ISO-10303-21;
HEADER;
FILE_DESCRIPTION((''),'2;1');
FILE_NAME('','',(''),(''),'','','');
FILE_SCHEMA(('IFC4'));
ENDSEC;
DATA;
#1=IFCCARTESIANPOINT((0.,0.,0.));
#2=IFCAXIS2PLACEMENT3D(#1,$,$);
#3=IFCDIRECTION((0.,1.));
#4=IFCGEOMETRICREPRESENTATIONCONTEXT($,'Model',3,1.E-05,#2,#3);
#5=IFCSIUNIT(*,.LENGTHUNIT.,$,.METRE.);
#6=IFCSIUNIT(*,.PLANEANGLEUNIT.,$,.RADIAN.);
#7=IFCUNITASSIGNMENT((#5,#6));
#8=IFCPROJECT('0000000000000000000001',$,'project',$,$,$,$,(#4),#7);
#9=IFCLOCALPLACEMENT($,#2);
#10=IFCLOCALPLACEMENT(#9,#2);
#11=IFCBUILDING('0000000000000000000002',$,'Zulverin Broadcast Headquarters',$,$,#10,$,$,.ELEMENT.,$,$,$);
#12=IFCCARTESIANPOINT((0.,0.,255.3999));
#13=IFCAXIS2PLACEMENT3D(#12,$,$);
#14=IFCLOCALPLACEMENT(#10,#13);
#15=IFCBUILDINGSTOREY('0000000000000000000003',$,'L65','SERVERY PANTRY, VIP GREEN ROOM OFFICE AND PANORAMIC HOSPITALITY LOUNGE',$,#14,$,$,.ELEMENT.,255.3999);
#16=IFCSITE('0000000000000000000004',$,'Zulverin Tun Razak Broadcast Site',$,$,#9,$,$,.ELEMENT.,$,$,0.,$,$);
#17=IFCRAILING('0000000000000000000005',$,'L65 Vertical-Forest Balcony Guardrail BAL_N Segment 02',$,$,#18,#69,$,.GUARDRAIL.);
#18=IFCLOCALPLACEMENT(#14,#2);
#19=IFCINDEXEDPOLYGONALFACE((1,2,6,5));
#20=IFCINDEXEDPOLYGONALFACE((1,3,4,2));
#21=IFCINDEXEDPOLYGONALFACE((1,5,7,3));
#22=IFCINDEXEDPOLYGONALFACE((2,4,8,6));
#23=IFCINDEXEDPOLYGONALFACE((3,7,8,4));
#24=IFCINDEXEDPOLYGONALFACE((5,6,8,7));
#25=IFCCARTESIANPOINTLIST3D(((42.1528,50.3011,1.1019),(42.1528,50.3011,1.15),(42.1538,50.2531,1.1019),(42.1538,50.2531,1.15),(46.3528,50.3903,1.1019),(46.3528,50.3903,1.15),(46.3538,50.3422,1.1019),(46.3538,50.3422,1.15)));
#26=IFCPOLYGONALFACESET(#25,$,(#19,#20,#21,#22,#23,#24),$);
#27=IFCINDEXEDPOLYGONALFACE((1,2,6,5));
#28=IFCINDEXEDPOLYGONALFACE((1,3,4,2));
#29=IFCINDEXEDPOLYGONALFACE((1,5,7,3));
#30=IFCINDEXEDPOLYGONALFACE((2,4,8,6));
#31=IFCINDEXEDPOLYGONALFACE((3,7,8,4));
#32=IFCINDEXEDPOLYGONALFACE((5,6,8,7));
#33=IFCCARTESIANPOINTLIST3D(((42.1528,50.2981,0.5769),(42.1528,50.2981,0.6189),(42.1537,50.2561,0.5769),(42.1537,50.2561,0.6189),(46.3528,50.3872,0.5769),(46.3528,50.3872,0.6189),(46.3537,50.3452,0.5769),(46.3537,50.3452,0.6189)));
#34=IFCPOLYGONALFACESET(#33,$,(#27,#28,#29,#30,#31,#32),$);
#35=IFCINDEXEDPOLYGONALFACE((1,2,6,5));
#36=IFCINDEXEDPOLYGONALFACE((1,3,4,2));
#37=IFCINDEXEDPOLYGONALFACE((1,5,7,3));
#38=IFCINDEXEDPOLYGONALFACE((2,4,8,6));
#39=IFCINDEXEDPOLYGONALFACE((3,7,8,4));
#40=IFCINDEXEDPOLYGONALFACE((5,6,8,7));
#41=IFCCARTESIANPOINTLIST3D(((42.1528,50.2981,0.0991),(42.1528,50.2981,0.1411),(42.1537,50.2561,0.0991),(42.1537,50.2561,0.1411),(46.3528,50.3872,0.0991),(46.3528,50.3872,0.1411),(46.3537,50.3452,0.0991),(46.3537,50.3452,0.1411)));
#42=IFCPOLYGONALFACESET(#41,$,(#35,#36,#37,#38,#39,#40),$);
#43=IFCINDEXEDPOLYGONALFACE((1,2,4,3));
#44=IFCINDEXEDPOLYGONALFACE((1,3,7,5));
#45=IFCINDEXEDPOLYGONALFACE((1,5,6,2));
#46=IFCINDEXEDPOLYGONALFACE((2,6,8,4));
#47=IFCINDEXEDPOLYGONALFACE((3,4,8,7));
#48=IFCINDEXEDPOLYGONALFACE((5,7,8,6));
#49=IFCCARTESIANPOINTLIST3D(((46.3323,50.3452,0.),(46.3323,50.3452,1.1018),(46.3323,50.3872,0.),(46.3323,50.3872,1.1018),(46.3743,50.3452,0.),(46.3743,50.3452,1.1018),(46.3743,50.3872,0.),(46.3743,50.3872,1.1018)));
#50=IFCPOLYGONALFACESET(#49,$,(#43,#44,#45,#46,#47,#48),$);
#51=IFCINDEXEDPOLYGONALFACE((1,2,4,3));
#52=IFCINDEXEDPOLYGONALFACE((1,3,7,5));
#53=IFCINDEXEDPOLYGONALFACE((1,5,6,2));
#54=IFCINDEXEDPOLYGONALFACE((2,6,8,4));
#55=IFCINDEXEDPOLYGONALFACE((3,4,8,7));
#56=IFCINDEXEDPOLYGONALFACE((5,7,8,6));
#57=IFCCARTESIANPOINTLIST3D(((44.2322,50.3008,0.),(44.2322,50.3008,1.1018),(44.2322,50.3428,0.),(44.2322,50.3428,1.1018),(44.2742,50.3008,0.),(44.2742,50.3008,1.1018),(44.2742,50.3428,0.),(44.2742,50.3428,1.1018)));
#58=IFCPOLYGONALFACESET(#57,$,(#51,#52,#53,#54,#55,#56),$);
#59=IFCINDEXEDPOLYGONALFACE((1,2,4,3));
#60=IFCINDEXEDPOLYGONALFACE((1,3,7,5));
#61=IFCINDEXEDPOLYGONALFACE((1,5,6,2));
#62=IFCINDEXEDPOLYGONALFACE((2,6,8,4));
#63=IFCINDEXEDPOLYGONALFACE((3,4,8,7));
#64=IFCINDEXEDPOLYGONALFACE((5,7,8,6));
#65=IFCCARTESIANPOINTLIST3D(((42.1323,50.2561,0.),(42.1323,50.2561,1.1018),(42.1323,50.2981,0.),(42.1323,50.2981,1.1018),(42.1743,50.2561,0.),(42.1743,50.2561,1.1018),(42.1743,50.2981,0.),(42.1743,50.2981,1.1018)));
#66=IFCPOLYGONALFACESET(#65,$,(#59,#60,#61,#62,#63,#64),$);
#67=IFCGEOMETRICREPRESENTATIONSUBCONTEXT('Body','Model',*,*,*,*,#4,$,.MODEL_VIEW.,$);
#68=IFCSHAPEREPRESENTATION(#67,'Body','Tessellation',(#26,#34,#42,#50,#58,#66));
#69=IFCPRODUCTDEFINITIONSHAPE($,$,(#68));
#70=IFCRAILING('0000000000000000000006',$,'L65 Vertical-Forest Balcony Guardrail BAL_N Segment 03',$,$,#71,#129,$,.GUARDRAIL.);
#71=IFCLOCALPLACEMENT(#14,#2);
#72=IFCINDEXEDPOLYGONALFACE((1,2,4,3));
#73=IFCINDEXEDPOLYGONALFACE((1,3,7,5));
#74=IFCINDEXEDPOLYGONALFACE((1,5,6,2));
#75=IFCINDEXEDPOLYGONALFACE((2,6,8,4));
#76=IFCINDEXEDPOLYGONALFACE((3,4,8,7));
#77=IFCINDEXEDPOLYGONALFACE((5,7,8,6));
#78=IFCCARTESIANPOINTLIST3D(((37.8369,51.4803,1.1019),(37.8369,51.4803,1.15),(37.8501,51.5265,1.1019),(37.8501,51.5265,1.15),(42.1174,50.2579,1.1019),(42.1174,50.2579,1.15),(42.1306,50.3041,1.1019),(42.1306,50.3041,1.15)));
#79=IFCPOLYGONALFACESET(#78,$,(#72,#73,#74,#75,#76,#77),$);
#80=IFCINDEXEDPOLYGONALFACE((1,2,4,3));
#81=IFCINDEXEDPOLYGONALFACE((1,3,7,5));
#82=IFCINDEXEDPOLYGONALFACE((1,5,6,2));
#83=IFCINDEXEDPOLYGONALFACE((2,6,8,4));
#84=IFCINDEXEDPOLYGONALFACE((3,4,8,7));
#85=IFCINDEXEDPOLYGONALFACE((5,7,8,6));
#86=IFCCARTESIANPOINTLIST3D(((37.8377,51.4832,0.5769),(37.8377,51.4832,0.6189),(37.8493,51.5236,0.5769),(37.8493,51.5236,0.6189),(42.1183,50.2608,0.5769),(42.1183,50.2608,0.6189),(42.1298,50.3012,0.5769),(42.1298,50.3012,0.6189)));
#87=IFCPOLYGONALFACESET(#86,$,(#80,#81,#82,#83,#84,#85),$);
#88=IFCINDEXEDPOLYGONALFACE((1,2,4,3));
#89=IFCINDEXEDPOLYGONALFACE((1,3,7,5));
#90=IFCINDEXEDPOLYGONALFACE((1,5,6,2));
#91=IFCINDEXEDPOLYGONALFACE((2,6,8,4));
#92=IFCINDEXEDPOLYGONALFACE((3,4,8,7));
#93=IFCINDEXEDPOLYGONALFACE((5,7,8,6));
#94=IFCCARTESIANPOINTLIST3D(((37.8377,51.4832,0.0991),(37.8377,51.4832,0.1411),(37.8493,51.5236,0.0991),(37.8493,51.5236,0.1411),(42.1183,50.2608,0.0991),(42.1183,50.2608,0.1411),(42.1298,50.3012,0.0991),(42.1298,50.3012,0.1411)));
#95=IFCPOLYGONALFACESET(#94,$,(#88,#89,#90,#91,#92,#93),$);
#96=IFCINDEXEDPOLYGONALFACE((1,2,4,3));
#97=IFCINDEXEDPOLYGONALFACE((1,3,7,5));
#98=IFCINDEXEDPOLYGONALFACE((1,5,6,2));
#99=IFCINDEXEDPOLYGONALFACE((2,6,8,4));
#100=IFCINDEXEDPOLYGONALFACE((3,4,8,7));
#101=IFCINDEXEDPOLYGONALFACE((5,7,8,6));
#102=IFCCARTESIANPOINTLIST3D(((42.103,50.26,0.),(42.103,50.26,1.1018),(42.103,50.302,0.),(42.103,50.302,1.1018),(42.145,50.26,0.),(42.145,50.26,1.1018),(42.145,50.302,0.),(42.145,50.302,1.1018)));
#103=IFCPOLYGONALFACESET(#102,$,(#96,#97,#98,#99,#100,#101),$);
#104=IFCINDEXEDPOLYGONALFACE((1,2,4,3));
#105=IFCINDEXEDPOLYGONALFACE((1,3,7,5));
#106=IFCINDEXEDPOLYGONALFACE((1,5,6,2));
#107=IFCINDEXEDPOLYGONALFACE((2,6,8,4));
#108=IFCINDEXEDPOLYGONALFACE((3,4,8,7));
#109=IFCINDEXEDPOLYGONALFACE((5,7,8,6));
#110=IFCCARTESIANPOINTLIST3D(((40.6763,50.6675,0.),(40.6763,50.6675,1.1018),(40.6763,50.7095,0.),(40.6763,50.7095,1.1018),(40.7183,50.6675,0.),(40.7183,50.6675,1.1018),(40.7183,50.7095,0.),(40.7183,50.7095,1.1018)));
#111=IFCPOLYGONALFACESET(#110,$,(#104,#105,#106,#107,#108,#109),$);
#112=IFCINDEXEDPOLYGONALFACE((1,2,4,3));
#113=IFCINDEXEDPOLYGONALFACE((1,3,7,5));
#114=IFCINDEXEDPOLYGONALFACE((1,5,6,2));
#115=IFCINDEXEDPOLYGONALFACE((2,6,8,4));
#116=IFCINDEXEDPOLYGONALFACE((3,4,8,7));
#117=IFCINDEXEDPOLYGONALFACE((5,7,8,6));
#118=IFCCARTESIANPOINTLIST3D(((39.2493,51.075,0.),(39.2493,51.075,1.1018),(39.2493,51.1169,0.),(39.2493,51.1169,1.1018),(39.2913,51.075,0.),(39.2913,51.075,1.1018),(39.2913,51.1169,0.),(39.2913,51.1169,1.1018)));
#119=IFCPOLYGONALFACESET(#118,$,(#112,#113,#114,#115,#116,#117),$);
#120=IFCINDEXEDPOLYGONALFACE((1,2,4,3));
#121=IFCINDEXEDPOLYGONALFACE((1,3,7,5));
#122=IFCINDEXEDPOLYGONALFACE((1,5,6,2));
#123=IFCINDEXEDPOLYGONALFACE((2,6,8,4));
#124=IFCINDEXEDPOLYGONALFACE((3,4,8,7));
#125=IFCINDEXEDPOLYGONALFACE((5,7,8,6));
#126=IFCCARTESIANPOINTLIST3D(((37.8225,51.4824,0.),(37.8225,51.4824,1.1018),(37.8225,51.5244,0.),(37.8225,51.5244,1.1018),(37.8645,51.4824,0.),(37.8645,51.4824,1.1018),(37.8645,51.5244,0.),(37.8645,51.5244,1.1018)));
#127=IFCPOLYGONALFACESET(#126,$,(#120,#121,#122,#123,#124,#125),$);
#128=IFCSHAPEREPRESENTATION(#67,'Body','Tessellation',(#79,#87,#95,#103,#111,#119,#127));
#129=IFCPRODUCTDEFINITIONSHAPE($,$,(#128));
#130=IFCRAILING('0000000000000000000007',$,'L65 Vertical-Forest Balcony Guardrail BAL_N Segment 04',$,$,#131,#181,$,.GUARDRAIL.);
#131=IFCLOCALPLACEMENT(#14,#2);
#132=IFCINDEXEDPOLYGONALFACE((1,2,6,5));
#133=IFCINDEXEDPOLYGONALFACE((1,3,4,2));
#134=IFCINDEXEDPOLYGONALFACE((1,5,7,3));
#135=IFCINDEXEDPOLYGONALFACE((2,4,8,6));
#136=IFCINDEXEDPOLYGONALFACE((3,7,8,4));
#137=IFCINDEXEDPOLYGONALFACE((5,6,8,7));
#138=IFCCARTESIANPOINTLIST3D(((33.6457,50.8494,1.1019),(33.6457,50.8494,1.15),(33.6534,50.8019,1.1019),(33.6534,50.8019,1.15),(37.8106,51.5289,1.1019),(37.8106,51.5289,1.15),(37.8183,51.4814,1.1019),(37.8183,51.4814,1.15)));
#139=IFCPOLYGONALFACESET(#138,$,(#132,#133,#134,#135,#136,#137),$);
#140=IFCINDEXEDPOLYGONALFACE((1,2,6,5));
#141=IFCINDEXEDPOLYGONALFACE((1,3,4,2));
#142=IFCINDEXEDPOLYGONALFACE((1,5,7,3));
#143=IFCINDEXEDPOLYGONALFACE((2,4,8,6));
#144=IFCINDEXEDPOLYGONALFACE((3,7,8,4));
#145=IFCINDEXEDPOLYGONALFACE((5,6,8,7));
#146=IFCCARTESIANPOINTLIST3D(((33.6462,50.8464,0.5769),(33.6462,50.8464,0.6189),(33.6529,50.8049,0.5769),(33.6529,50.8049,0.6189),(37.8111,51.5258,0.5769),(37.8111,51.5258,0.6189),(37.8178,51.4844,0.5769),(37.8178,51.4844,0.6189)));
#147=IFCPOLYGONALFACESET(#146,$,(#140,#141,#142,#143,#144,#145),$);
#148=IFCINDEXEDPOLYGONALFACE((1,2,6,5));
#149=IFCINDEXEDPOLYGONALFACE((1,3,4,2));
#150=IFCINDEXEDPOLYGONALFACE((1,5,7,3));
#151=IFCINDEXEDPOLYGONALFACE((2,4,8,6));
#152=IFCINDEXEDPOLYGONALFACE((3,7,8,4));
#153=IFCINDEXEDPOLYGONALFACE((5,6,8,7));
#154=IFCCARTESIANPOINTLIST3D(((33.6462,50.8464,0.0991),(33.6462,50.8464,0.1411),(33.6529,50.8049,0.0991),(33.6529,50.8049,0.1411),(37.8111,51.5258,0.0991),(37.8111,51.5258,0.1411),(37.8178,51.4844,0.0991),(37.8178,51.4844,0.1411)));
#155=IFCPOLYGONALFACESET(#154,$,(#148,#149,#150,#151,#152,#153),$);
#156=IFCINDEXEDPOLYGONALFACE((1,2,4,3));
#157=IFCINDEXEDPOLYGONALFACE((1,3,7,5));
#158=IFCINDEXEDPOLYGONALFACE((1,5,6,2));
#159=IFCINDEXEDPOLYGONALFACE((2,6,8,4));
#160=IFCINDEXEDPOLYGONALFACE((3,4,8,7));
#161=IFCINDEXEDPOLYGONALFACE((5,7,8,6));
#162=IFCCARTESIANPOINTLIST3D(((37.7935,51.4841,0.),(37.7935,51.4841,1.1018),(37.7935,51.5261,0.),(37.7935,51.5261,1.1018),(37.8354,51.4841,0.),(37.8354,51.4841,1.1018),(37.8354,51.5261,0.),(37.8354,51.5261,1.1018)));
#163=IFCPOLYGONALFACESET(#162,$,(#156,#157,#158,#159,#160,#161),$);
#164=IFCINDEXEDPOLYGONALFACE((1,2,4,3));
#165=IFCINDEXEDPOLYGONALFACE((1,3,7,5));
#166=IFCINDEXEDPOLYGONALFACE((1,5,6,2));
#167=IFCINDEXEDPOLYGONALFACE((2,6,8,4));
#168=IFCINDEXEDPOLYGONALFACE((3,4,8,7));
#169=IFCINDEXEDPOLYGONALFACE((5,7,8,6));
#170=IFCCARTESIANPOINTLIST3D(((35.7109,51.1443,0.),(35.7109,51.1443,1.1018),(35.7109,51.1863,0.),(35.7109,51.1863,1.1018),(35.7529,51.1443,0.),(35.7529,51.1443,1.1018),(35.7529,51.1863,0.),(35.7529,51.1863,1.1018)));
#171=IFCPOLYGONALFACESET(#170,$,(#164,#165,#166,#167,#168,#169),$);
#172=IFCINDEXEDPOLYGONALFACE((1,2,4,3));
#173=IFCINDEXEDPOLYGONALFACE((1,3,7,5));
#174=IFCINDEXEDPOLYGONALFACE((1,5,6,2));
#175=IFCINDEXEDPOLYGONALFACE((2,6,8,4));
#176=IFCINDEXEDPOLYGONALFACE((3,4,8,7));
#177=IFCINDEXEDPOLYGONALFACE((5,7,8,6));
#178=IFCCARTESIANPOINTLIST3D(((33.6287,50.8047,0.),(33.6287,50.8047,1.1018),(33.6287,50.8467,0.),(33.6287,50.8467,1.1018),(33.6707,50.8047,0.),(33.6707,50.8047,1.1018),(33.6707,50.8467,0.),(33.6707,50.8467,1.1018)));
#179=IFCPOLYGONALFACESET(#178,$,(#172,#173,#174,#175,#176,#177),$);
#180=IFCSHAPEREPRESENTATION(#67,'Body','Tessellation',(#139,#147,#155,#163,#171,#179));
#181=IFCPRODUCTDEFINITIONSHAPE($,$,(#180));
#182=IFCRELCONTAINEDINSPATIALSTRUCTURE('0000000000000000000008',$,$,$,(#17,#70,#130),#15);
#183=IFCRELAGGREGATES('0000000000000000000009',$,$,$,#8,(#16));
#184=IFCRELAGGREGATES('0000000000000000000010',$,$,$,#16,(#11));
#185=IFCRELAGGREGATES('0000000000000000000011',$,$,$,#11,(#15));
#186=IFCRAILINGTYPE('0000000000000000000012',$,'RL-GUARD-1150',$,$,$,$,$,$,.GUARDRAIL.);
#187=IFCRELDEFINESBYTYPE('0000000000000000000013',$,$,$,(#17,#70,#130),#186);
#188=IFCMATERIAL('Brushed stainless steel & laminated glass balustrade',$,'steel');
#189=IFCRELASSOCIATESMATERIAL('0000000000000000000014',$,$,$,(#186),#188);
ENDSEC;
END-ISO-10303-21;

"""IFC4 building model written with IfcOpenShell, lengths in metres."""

from ifc_helpers import new_model, si_unit, direction, frame, origin, origin_2d, place, context, subcontext, project, spatial, rectangle, extrude, material, type_object, element, save


model = new_model("IFC4")

# Units and contexts
model_context = context("Model", 3, precision=1e-05, world=origin(), true_north=direction((0.0, 1.0)))
body_context = subcontext(model_context, "Body", "Model", "MODEL_VIEW")
ifc_project = project(units=[si_unit("LENGTHUNIT", "METRE"), si_unit("PLANEANGLEUNIT", "RADIAN")], contexts=[model_context])

# Site, building, storey
site_placement = place(None, origin())
site = spatial("IfcSite", under=ifc_project, at=site_placement, Name="Zulverin Tun Razak Broadcast Site", CompositionType="ELEMENT", RefElevation=0.0)
building_placement = place(site_placement, origin())
building = spatial("IfcBuilding", under=site, at=building_placement, Name="Zulverin Broadcast Headquarters", CompositionType="ELEMENT")
storey_placement = place(building_placement, frame((0.0, 0.0, 255.3999)))
storey = spatial("IfcBuildingStorey", under=building, at=storey_placement, Name="L65", Description="SERVERY PANTRY, VIP GREEN ROOM OFFICE AND PANORAMIC HOSPITALITY LOUNGE", CompositionType="ELEMENT", Elevation=255.3999)

# Railings
ifc_material_1 = material(Name="Brushed stainless steel & laminated glass balustrade", Category="steel")
railing_type_1 = type_object("IfcRailingType", Name="RL-GUARD-1150", PredefinedType="GUARDRAIL", material=ifc_material_1)
railing_1_placement = place(storey_placement, frame((46.3533, 50.3662, 0.0)))
element("IfcRailing", 1, at=railing_1_placement, inside=storey, type_object=railing_type_1, Name="L65 Vertical-Forest Balcony Guardrail BAL_N Segment 02", PredefinedType="GUARDRAIL", context=body_context, shape_type="SweptSolid", body=[
    extrude(rectangle(XDim=0.0481, YDim=0.0481, at=origin_2d()), frame((0.0, 0.0, 1.126), z_axis=(-0.999775, -0.021212, 0.0), x_axis=(0.021212, -0.999775, 0.0)), (0.0, 0.0, 1.0), 4.2009),
    extrude(rectangle(XDim=0.042, YDim=0.042, at=origin_2d()), frame((0.0, 0.0, 0.5979), z_axis=(-0.999775, -0.021212, 0.0), x_axis=(0.021212, -0.999775, 0.0)), (0.0, 0.0, 1.0), 4.2009),
    extrude(rectangle(XDim=0.042, YDim=0.042, at=origin_2d()), frame((0.0, 0.0, 0.1201), z_axis=(-0.999775, -0.021212, 0.0), x_axis=(0.021212, -0.999775, 0.0)), (0.0, 0.0, 1.0), 4.2009),
    extrude(rectangle(XDim=0.042, YDim=0.042, at=origin_2d()), origin(), (0.0, 0.0, 1.0), 1.1018),
    extrude(rectangle(XDim=0.042, YDim=0.042, at=origin_2d()), frame((-2.1001, -0.0444, 0.0)), (0.0, 0.0, 1.0), 1.1018),
    extrude(rectangle(XDim=0.042, YDim=0.042, at=origin_2d()), frame((-4.2, -0.0891, 0.0)), (0.0, 0.0, 1.0), 1.1018),
])
railing_2_placement = place(storey_placement, frame((42.124, 50.281, 0.0)))
element("IfcRailing", 2, at=railing_2_placement, inside=storey, type_object=railing_type_1, Name="L65 Vertical-Forest Balcony Guardrail BAL_N Segment 03", PredefinedType="GUARDRAIL", context=body_context, shape_type="SweptSolid", body=[
    extrude(rectangle(XDim=0.0481, YDim=0.0481, at=origin_2d()), frame((0.0, 0.0, 1.126), z_axis=(-0.961559, 0.274598, 0.0), x_axis=(-0.274598, -0.961559, 0.0)), (0.0, 0.0, 1.0), 4.4517),
    extrude(rectangle(XDim=0.042, YDim=0.042, at=origin_2d()), frame((0.0, 0.0, 0.5979), z_axis=(-0.961559, 0.274598, 0.0), x_axis=(-0.274598, -0.961559, 0.0)), (0.0, 0.0, 1.0), 4.4517),
    extrude(rectangle(XDim=0.042, YDim=0.042, at=origin_2d()), frame((0.0, 0.0, 0.1201), z_axis=(-0.961559, 0.274598, 0.0), x_axis=(-0.274598, -0.961559, 0.0)), (0.0, 0.0, 1.0), 4.4517),
    extrude(rectangle(XDim=0.042, YDim=0.042, at=origin_2d()), origin(), (0.0, 0.0, 1.0), 1.1018),
    extrude(rectangle(XDim=0.042, YDim=0.042, at=origin_2d()), frame((-1.4268, 0.4075, 0.0)), (0.0, 0.0, 1.0), 1.1018),
    extrude(rectangle(XDim=0.042, YDim=0.042, at=origin_2d()), frame((-2.8538, 0.8149, 0.0)), (0.0, 0.0, 1.0), 1.1018),
    extrude(rectangle(XDim=0.042, YDim=0.042, at=origin_2d()), frame((-4.2805, 1.2224, 0.0)), (0.0, 0.0, 1.0), 1.1018),
])
railing_3_placement = place(storey_placement, frame((37.8145, 51.5051, 0.0)))
element("IfcRailing", 3, at=railing_3_placement, inside=storey, type_object=railing_type_1, Name="L65 Vertical-Forest Balcony Guardrail BAL_N Segment 04", PredefinedType="GUARDRAIL", context=body_context, shape_type="SweptSolid", body=[
    extrude(rectangle(XDim=0.0481, YDim=0.0481, at=origin_2d()), frame((0.0, 0.0, 1.126), z_axis=(-0.986953, -0.161011, 0.0), x_axis=(0.161011, -0.986953, 0.0)), (0.0, 0.0, 1.0), 4.22),
    extrude(rectangle(XDim=0.042, YDim=0.042, at=origin_2d()), frame((0.0, 0.0, 0.5979), z_axis=(-0.986953, -0.161011, 0.0), x_axis=(0.161011, -0.986953, 0.0)), (0.0, 0.0, 1.0), 4.22),
    extrude(rectangle(XDim=0.042, YDim=0.042, at=origin_2d()), frame((0.0, 0.0, 0.1201), z_axis=(-0.986953, -0.161011, 0.0), x_axis=(0.161011, -0.986953, 0.0)), (0.0, 0.0, 1.0), 4.22),
    extrude(rectangle(XDim=0.042, YDim=0.042, at=origin_2d()), origin(), (0.0, 0.0, 1.0), 1.1018),
    extrude(rectangle(XDim=0.042, YDim=0.042, at=origin_2d()), frame((-2.0825, -0.3398, 0.0)), (0.0, 0.0, 1.0), 1.1018),
    extrude(rectangle(XDim=0.042, YDim=0.042, at=origin_2d()), frame((-4.1648, -0.6794, 0.0)), (0.0, 0.0, 1.0), 1.1018),
])

save(model, "model.ifc")
